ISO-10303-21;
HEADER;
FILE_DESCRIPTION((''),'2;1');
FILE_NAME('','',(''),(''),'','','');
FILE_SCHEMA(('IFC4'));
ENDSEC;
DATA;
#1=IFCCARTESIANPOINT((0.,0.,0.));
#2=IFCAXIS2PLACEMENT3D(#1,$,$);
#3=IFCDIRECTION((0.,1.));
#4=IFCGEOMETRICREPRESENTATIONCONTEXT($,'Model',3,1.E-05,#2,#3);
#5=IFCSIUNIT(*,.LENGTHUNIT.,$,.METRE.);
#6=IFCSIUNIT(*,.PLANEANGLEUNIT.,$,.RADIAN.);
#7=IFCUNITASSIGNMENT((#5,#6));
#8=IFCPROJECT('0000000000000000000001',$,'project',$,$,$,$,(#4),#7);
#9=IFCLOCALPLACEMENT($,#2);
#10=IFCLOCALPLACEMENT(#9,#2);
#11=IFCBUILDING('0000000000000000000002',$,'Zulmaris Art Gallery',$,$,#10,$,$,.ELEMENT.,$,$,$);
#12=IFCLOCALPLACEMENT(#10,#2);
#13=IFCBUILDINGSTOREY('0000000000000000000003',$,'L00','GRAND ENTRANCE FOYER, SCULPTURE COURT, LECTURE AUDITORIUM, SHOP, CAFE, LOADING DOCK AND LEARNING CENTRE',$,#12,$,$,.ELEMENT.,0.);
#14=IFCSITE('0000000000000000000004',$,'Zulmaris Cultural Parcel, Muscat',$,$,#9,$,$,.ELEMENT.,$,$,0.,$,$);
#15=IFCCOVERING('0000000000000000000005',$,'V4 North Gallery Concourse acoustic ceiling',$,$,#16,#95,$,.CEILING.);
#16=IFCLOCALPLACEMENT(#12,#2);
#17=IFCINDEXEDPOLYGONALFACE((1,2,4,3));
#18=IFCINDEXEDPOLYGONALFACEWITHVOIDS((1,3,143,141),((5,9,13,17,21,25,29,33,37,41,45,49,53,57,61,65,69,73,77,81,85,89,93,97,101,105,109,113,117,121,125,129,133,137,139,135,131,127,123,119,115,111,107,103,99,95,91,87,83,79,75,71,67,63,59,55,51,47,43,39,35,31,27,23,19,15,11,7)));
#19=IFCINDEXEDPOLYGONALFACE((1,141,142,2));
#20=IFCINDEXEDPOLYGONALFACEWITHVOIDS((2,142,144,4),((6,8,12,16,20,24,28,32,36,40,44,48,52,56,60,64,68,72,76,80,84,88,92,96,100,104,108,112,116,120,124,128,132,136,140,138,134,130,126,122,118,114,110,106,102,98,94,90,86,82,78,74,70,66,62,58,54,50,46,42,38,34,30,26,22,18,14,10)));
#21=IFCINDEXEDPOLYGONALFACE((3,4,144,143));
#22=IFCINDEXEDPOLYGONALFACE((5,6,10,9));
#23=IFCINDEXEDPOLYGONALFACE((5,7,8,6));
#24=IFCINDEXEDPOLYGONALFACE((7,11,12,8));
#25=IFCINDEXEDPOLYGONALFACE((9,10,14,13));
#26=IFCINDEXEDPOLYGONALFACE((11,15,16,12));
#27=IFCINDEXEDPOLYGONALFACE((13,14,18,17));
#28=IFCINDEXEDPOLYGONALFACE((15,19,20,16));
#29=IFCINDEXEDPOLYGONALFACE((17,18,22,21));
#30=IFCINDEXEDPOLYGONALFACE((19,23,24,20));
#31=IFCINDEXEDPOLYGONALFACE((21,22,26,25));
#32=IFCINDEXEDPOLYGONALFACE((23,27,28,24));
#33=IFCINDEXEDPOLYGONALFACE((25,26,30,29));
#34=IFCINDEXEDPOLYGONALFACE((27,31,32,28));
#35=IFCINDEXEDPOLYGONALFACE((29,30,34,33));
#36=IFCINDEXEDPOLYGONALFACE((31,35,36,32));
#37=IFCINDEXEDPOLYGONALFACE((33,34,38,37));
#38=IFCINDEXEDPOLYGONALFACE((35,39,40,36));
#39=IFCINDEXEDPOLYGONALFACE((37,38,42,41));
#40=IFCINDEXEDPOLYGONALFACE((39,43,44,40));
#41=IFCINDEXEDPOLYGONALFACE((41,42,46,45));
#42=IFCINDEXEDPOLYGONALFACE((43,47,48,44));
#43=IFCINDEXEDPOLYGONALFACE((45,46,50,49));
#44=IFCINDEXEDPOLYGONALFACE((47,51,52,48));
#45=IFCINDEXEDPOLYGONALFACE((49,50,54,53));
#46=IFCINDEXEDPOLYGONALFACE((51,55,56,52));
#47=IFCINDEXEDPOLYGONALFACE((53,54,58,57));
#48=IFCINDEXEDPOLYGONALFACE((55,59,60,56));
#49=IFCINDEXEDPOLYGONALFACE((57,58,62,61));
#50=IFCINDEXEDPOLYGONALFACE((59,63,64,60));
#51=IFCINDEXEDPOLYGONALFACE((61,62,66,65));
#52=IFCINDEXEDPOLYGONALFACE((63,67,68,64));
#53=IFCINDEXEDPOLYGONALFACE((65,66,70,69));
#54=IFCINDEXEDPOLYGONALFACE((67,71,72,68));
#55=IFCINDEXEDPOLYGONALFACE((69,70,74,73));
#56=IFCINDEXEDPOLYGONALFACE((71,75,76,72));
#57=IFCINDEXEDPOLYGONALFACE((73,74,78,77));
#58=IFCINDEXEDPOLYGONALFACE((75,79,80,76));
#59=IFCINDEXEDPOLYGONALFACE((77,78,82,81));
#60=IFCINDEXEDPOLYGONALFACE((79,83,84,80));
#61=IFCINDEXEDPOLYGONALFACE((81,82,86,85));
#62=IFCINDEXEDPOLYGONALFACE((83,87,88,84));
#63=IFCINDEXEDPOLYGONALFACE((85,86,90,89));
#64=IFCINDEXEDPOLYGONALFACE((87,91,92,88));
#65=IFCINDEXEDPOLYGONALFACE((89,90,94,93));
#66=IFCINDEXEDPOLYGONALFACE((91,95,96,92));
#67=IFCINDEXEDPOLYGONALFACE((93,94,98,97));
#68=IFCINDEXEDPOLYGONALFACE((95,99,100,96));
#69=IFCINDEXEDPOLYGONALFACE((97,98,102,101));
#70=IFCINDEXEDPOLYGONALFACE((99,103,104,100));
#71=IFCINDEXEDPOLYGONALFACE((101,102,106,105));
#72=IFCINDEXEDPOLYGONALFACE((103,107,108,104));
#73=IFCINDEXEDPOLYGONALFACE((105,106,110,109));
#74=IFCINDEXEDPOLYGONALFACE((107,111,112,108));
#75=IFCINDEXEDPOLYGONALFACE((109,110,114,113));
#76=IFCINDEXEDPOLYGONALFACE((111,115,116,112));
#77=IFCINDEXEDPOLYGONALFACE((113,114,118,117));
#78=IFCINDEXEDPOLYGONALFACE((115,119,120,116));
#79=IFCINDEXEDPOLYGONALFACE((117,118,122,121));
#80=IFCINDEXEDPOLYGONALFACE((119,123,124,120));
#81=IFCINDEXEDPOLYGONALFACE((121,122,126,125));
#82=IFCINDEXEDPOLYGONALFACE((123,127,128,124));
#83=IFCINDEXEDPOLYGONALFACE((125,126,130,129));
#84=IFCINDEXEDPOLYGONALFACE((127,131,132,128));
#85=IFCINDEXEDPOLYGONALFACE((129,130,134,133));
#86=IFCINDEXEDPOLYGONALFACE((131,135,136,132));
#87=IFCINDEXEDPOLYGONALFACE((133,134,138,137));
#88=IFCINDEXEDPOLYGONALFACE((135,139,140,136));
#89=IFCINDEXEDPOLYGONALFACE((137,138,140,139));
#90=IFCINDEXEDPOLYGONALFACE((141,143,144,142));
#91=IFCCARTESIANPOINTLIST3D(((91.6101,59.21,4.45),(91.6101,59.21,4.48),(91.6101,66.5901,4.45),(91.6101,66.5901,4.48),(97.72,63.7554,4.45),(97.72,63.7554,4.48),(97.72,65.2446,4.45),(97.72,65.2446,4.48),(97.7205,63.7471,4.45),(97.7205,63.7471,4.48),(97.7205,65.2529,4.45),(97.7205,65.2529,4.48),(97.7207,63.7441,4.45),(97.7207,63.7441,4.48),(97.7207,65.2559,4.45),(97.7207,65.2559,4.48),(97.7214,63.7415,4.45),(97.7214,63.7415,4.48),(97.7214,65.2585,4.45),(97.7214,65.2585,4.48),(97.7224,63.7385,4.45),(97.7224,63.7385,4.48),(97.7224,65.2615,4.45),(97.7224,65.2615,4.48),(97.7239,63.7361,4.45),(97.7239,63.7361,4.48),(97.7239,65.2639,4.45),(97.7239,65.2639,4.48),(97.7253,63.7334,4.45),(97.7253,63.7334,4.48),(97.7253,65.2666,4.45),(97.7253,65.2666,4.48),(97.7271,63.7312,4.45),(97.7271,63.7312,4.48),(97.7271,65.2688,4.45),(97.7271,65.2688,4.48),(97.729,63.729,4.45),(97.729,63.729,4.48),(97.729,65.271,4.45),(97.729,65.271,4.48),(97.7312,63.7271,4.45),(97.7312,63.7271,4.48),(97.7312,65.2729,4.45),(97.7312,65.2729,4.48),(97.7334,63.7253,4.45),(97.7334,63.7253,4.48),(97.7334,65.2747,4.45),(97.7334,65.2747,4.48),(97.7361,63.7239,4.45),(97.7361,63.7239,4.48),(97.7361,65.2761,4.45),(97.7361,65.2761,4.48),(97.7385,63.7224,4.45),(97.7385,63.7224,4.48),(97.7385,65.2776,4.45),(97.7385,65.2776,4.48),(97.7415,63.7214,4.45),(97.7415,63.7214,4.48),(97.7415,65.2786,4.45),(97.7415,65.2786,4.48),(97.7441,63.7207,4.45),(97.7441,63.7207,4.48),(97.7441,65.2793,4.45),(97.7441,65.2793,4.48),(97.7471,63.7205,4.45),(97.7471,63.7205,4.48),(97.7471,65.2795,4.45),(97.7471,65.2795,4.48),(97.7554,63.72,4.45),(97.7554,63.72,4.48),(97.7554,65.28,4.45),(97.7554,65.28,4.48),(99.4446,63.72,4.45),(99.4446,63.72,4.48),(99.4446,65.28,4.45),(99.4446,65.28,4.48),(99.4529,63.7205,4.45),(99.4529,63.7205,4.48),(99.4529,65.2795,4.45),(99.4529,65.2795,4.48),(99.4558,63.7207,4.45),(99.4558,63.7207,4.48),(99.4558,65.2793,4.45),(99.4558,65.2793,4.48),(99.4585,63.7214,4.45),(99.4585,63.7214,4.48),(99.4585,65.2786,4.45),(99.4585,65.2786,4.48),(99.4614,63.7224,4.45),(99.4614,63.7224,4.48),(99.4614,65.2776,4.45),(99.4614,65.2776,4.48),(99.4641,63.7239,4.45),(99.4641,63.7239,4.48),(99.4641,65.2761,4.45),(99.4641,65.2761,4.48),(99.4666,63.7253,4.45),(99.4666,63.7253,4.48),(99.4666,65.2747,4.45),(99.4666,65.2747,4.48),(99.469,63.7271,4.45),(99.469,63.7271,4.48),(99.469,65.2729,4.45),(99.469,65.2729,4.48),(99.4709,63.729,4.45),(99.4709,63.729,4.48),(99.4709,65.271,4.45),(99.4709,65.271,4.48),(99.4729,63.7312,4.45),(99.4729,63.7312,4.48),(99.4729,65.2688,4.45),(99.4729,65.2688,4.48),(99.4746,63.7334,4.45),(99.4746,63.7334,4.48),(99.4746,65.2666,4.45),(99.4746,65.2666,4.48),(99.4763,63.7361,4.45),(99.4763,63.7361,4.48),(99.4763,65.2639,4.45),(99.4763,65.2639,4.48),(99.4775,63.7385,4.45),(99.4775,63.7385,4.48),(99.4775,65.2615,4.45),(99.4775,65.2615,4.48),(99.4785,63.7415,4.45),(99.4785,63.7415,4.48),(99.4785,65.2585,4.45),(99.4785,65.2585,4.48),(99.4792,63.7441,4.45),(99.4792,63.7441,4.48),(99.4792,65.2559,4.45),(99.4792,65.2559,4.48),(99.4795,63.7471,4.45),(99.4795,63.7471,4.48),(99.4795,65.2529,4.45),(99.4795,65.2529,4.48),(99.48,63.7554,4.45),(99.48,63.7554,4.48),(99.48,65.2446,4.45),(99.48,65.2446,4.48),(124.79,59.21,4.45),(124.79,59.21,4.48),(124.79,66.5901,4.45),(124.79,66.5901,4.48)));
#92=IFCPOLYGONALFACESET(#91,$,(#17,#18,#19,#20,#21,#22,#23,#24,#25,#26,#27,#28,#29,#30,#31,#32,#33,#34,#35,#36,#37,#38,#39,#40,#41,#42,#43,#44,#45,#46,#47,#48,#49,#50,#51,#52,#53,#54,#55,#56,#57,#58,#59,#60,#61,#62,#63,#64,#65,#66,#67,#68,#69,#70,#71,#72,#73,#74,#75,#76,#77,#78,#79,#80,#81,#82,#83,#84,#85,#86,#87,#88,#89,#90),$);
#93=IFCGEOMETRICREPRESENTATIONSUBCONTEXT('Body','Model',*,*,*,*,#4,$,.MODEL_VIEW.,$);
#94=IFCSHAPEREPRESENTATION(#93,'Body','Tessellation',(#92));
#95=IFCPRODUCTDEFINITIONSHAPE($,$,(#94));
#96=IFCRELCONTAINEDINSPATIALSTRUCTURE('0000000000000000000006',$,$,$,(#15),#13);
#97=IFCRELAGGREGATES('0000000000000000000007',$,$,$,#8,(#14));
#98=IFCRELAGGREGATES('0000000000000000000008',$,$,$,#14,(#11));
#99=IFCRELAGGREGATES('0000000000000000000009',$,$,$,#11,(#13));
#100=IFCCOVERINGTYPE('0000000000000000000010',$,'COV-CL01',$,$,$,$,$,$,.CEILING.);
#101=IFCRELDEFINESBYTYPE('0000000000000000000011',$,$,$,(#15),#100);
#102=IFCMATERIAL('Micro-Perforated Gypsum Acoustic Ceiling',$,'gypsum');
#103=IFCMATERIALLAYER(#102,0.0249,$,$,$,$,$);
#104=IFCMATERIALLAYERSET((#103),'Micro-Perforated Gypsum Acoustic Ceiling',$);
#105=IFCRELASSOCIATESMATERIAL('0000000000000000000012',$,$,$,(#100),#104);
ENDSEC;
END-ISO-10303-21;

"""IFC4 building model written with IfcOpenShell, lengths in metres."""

from ifc_helpers import new_model, si_unit, direction, frame, origin, place, context, subcontext, project, spatial, polyline, outline, extrude, material, layer, layer_set, type_object, element, save


model = new_model("IFC4")

# Units and contexts
model_context = context("Model", 3, precision=1e-05, world=origin(), true_north=direction((0.0, 1.0)))
body_context = subcontext(model_context, "Body", "Model", "MODEL_VIEW")
ifc_project = project(units=[si_unit("LENGTHUNIT", "METRE"), si_unit("PLANEANGLEUNIT", "RADIAN")], contexts=[model_context])

# Site, building, storey
site_placement = place(None, origin())
site = spatial("IfcSite", under=ifc_project, at=site_placement, Name="Zulmaris Cultural Parcel, Muscat", CompositionType="ELEMENT", RefElevation=0.0)
building_placement = place(site_placement, origin())
building = spatial("IfcBuilding", under=site, at=building_placement, Name="Zulmaris Art Gallery", CompositionType="ELEMENT")
storey_placement = place(building_placement, origin())
storey = spatial("IfcBuildingStorey", under=building, at=storey_placement, Name="L00", Description="GRAND ENTRANCE FOYER, SCULPTURE COURT, LECTURE AUDITORIUM, SHOP, CAFE, LOADING DOCK AND LEARNING CENTRE", CompositionType="ELEMENT", Elevation=0.0)

# Covering
ifc_material_1 = material(Name="Micro-Perforated Gypsum Acoustic Ceiling", Category="gypsum")
ifc_layer_1 = layer(ifc_material_1, 0.0249)
ifc_layer_set_1 = layer_set([ifc_layer_1], Name="Micro-Perforated Gypsum Acoustic Ceiling")
covering_type_1 = type_object("IfcCoveringType", Name="COV-CL01", PredefinedType="CEILING", material=ifc_layer_set_1)
covering_1_placement = place(storey_placement, frame((0.0, 0.0, 4.45)))
element("IfcCovering", 1, at=covering_1_placement, inside=storey, type_object=covering_type_1, Name="V4 North Gallery Concourse acoustic ceiling", PredefinedType="CEILING", context=body_context, shape_type="SweptSolid", body=[
    extrude(outline(polyline([(91.6101, 66.5901), (124.79, 66.5901), (124.79, 59.21), (91.6101, 59.21), (91.6101, 66.5901)]), holes=[polyline([(97.7415, 65.2786), (97.7385, 65.2776), (97.7361, 65.2761), (97.7334, 65.2747), (97.7312, 65.2729), (97.729, 65.271), (97.7271, 65.2688), (97.7253, 65.2666), (97.7239, 65.2639), (97.7224, 65.2615), (97.7214, 65.2585), (97.7207, 65.2559), (97.7205, 65.2529), (97.72, 65.2446), (97.72, 63.7554), (97.7205, 63.7471), (97.7207, 63.7441), (97.7214, 63.7415), (97.7224, 63.7385), (97.7239, 63.7361), (97.7253, 63.7334), (97.7271, 63.7312), (97.729, 63.729), (97.7312, 63.7271), (97.7334, 63.7253), (97.7361, 63.7239), (97.7385, 63.7224), (97.7415, 63.7214), (97.7441, 63.7207), (97.7471, 63.7205), (97.7554, 63.72), (99.4446, 63.72), (99.4529, 63.7205), (99.4558, 63.7207), (99.4585, 63.7214), (99.4614, 63.7224), (99.4641, 63.7239), (99.4666, 63.7253), (99.469, 63.7271), (99.4709, 63.729), (99.4729, 63.7312), (99.4746, 63.7334), (99.4763, 63.7361), (99.4775, 63.7385), (99.4785, 63.7415), (99.4792, 63.7441), (99.4795, 63.7471), (99.48, 63.7554), (99.48, 65.2446), (99.4795, 65.2529), (99.4792, 65.2559), (99.4785, 65.2585), (99.4775, 65.2615), (99.4763, 65.2639), (99.4746, 65.2666), (99.4729, 65.2688), (99.4709, 65.271), (99.469, 65.2729), (99.4666, 65.2747), (99.4641, 65.2761), (99.4614, 65.2776), (99.4585, 65.2786), (99.4558, 65.2793), (99.4529, 65.2795), (99.4446, 65.28), (97.7554, 65.28), (97.7471, 65.2795), (97.7441, 65.2793), (97.7415, 65.2786)])]), origin(), (0.0, 0.0, 1.0), 0.03),
])

save(model, "model.ifc")
